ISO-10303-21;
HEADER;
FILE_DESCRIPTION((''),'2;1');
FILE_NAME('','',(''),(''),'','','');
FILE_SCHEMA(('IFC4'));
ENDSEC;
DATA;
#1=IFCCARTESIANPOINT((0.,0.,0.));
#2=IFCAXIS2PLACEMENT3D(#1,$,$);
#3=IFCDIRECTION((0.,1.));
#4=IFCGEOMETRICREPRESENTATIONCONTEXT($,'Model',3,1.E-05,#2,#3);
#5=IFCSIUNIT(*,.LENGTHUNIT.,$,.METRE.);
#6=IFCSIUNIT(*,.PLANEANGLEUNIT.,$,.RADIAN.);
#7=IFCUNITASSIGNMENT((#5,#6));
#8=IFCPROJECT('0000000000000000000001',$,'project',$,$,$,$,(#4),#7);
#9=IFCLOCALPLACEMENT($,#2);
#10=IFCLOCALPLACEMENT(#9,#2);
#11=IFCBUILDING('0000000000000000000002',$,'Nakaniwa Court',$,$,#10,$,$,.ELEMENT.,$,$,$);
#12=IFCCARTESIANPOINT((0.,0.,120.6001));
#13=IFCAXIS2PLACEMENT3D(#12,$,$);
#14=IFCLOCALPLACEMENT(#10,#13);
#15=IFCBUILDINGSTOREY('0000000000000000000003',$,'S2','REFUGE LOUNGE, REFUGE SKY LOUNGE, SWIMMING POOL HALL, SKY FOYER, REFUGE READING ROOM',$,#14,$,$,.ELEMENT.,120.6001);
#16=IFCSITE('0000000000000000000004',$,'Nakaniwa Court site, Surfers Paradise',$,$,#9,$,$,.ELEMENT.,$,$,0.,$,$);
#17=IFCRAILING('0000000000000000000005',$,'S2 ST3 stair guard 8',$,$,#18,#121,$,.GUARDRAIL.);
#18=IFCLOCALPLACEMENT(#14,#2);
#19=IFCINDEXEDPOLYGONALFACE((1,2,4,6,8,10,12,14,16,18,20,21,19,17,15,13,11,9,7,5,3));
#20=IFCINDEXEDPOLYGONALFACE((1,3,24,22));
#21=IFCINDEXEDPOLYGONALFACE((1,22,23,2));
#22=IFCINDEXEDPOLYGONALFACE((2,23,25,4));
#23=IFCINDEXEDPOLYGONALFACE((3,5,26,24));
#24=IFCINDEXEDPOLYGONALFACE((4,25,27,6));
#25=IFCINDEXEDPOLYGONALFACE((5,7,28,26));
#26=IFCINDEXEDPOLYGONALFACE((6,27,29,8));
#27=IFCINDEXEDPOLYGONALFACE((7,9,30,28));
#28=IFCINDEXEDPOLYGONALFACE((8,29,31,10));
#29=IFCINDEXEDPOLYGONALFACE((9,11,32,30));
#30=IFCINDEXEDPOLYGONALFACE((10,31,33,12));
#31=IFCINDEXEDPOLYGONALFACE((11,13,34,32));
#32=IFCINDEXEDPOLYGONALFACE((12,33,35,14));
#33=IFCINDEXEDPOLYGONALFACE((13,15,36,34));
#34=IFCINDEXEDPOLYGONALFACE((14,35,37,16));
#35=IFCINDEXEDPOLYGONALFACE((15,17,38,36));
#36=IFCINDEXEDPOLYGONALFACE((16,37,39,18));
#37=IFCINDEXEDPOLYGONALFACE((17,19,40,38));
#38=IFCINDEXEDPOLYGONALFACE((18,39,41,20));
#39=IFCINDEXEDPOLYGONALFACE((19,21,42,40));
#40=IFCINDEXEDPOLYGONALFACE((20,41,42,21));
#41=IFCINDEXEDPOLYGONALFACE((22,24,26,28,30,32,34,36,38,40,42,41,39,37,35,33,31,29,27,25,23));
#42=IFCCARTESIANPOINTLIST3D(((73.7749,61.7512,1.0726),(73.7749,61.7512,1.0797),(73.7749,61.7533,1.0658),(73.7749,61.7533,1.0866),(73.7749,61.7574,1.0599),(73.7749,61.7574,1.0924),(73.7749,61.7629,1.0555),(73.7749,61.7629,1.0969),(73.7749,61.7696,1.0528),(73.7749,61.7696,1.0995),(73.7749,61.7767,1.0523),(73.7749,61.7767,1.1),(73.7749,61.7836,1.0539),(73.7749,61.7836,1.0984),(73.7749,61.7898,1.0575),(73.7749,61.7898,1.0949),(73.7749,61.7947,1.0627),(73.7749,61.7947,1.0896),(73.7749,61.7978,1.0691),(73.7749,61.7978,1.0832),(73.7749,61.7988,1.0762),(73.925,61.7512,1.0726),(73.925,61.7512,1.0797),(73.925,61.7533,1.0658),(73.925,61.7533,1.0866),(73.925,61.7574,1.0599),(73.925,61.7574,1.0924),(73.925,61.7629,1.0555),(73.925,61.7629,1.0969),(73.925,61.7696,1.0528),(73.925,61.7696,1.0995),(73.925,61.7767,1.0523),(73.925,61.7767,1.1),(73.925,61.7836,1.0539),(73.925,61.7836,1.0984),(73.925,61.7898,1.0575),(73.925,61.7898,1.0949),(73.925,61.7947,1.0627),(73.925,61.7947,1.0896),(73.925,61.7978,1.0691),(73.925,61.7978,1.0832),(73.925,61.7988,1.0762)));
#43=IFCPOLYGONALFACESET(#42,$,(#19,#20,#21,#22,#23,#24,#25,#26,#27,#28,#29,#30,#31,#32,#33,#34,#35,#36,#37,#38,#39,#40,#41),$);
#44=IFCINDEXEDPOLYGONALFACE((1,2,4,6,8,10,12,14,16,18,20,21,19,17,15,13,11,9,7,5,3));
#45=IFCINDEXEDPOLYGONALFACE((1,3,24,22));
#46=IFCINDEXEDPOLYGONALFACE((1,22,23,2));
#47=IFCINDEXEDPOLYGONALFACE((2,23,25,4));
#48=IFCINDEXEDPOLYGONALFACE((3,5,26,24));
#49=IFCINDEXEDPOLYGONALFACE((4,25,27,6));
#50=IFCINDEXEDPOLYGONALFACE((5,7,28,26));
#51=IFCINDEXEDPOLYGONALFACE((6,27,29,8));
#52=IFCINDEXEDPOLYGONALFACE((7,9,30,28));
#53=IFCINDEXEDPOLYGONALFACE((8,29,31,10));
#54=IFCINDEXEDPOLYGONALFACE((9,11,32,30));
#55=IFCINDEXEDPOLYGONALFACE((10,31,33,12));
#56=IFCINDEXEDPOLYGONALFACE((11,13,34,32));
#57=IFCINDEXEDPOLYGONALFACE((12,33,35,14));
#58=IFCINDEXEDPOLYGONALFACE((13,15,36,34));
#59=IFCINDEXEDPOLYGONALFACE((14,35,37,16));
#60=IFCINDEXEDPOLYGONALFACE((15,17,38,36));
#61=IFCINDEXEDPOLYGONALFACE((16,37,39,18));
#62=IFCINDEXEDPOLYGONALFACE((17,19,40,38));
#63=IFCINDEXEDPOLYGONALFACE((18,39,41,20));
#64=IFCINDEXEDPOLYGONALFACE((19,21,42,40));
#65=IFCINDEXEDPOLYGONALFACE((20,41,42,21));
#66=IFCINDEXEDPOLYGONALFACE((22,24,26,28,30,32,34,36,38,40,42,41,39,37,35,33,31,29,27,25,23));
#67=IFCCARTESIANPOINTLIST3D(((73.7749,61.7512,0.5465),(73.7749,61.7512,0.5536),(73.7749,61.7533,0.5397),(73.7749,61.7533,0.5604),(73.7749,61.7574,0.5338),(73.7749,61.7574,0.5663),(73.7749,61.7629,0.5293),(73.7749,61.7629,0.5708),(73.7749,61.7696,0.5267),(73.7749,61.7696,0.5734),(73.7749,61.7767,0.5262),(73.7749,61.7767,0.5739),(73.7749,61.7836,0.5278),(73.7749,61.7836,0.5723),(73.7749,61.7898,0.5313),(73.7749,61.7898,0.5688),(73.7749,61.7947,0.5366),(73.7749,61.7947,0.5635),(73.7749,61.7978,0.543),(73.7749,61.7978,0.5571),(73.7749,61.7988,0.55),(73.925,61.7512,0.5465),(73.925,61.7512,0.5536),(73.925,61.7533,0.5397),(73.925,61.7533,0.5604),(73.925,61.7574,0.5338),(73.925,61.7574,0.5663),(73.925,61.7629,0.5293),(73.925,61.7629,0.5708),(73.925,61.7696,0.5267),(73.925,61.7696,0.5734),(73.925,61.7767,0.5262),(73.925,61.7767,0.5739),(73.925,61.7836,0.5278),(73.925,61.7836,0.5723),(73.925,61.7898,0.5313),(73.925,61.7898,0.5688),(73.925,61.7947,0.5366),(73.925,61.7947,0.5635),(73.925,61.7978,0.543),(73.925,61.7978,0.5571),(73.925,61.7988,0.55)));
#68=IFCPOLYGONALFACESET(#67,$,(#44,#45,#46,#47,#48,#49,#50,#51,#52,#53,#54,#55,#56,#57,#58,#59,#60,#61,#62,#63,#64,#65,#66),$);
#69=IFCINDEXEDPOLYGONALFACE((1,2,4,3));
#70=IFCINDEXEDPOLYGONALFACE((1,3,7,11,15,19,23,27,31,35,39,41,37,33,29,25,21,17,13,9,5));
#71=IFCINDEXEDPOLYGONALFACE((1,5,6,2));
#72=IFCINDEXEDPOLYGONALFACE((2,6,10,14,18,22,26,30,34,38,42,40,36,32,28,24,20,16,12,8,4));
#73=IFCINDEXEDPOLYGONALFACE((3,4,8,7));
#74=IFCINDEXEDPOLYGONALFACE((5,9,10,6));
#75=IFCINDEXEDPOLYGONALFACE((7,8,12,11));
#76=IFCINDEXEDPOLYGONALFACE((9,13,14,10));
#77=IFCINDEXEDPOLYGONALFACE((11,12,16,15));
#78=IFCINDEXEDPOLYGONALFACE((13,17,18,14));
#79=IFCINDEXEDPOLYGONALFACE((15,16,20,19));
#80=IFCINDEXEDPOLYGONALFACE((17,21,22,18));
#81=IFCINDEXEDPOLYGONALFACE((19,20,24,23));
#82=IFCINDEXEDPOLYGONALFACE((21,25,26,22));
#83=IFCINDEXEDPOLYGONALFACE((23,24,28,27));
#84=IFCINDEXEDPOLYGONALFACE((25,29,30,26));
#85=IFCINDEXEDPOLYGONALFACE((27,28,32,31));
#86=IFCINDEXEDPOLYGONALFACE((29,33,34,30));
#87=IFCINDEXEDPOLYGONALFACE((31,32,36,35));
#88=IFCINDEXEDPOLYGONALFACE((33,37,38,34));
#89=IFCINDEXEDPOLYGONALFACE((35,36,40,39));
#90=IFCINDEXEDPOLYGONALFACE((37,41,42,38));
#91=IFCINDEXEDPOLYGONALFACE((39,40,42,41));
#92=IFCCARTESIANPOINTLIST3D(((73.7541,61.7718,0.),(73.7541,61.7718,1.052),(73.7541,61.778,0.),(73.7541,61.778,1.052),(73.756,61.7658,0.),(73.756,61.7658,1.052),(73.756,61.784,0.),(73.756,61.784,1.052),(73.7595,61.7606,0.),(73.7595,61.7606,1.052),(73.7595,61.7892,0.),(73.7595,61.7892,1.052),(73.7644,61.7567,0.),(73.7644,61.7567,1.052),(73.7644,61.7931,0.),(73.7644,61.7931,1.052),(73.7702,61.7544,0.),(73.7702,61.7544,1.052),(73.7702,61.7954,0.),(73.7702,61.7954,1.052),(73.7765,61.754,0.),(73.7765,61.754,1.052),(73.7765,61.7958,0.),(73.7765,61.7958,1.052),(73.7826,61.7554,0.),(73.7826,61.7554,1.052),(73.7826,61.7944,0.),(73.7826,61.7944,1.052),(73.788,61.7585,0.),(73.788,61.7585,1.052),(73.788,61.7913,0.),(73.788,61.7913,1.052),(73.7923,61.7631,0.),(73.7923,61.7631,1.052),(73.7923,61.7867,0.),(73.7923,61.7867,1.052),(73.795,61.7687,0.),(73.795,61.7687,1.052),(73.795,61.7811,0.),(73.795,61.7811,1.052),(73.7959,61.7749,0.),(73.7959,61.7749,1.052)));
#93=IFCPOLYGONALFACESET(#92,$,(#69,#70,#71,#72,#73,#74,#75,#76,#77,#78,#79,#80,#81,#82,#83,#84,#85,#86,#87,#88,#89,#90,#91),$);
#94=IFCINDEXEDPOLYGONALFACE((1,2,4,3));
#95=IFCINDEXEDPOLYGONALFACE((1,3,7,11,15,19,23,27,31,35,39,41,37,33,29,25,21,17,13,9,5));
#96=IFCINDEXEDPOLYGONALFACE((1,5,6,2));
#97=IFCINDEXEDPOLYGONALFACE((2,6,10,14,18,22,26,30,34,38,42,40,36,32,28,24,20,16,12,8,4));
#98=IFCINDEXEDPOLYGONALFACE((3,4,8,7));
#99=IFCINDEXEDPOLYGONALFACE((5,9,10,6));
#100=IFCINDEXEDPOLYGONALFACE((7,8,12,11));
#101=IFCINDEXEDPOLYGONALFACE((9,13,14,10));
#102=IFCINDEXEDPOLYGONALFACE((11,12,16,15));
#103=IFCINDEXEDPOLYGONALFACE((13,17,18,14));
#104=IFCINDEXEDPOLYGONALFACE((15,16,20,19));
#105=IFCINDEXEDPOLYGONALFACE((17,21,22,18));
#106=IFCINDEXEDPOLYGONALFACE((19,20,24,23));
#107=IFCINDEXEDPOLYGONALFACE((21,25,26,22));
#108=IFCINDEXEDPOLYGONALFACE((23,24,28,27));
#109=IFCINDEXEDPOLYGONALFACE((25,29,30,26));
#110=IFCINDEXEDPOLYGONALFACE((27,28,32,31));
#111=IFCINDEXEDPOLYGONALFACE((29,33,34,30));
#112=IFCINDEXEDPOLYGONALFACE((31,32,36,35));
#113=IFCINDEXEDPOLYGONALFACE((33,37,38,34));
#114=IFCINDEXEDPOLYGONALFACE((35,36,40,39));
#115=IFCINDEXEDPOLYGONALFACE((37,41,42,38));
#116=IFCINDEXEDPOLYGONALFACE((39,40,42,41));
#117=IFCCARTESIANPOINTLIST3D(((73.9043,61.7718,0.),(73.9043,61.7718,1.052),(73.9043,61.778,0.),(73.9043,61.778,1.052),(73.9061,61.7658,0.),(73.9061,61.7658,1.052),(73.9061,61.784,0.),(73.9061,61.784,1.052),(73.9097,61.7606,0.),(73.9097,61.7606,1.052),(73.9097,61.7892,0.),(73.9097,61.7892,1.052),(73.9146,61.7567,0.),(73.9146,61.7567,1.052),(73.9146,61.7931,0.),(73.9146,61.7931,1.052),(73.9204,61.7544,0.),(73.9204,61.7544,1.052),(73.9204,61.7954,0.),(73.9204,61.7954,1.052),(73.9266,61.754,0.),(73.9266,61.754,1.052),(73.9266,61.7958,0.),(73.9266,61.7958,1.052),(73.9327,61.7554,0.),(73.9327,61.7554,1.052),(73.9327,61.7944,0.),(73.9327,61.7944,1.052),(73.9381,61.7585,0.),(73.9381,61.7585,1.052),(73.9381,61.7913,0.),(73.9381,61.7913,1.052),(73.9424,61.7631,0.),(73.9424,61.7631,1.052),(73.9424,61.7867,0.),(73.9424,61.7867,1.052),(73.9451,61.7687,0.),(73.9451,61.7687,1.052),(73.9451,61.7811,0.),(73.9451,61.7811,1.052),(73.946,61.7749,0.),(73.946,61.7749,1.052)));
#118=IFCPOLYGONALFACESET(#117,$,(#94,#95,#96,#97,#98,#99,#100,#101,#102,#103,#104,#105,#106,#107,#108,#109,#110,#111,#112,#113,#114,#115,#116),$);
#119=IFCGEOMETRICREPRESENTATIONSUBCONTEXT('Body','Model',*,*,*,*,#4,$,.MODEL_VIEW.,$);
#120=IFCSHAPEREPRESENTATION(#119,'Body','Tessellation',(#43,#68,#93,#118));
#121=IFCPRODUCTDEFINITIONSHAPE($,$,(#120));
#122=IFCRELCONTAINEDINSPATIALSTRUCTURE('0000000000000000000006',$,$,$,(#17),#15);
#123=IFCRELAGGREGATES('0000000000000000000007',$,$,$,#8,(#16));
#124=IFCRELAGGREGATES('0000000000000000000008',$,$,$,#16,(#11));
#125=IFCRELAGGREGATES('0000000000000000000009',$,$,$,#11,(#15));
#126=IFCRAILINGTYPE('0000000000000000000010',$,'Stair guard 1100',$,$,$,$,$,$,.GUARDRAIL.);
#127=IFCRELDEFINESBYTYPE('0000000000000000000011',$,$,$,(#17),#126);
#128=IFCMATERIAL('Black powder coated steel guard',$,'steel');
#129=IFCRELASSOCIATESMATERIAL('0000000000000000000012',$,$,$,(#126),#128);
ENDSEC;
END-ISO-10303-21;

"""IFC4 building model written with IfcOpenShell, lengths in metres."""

from ifc_helpers import new_model, si_unit, direction, frame, origin, origin_2d, place, context, subcontext, project, spatial, circle, extrude, material, type_object, element, save


model = new_model("IFC4")

# Units and contexts
model_context = context("Model", 3, precision=1e-05, world=origin(), true_north=direction((0.0, 1.0)))
body_context = subcontext(model_context, "Body", "Model", "MODEL_VIEW")
ifc_project = project(units=[si_unit("LENGTHUNIT", "METRE"), si_unit("PLANEANGLEUNIT", "RADIAN")], contexts=[model_context])

# Site, building, storey
site_placement = place(None, origin())
site = spatial("IfcSite", under=ifc_project, at=site_placement, Name="Nakaniwa Court site, Surfers Paradise", CompositionType="ELEMENT", RefElevation=0.0)
building_placement = place(site_placement, origin())
building = spatial("IfcBuilding", under=site, at=building_placement, Name="Nakaniwa Court", CompositionType="ELEMENT")
storey_placement = place(building_placement, frame((0.0, 0.0, 120.6001)))
storey = spatial("IfcBuildingStorey", under=building, at=storey_placement, Name="S2", Description="REFUGE LOUNGE, REFUGE SKY LOUNGE, SWIMMING POOL HALL, SKY FOYER, REFUGE READING ROOM", CompositionType="ELEMENT", Elevation=120.6001)

# Railing
ifc_material_1 = material(Name="Black powder coated steel guard", Category="steel")
railing_type_1 = type_object("IfcRailingType", Name="Stair guard 1100", PredefinedType="GUARDRAIL", material=ifc_material_1)
railing_1_placement = place(storey_placement, frame((73.7749, 61.7749, 0.0)))
element("IfcRailing", 1, at=railing_1_placement, inside=storey, type_object=railing_type_1, Name="S2 ST3 stair guard 8", PredefinedType="GUARDRAIL", context=body_context, shape_type="SweptSolid", body=[
    extrude(circle(Radius=0.0239, at=origin_2d()), frame((0.0, 0.0, 1.0762), z_axis=(1.0, 0.0, 0.0), x_axis=(0.0, 1.0, 0.0)), (0.0, 0.0, 1.0), 0.1501),
    extrude(circle(Radius=0.0239, at=origin_2d()), frame((0.0, 0.0, 0.55), z_axis=(1.0, 0.0, 0.0), x_axis=(0.0, 1.0, 0.0)), (0.0, 0.0, 1.0), 0.1501),
    extrude(circle(Radius=0.021, at=origin_2d()), origin(), (0.0, 0.0, 1.0), 1.052),
    extrude(circle(Radius=0.021, at=origin_2d()), frame((0.1501, 0.0, 0.0)), (0.0, 0.0, 1.0), 1.052),
])

save(model, "model.ifc")
